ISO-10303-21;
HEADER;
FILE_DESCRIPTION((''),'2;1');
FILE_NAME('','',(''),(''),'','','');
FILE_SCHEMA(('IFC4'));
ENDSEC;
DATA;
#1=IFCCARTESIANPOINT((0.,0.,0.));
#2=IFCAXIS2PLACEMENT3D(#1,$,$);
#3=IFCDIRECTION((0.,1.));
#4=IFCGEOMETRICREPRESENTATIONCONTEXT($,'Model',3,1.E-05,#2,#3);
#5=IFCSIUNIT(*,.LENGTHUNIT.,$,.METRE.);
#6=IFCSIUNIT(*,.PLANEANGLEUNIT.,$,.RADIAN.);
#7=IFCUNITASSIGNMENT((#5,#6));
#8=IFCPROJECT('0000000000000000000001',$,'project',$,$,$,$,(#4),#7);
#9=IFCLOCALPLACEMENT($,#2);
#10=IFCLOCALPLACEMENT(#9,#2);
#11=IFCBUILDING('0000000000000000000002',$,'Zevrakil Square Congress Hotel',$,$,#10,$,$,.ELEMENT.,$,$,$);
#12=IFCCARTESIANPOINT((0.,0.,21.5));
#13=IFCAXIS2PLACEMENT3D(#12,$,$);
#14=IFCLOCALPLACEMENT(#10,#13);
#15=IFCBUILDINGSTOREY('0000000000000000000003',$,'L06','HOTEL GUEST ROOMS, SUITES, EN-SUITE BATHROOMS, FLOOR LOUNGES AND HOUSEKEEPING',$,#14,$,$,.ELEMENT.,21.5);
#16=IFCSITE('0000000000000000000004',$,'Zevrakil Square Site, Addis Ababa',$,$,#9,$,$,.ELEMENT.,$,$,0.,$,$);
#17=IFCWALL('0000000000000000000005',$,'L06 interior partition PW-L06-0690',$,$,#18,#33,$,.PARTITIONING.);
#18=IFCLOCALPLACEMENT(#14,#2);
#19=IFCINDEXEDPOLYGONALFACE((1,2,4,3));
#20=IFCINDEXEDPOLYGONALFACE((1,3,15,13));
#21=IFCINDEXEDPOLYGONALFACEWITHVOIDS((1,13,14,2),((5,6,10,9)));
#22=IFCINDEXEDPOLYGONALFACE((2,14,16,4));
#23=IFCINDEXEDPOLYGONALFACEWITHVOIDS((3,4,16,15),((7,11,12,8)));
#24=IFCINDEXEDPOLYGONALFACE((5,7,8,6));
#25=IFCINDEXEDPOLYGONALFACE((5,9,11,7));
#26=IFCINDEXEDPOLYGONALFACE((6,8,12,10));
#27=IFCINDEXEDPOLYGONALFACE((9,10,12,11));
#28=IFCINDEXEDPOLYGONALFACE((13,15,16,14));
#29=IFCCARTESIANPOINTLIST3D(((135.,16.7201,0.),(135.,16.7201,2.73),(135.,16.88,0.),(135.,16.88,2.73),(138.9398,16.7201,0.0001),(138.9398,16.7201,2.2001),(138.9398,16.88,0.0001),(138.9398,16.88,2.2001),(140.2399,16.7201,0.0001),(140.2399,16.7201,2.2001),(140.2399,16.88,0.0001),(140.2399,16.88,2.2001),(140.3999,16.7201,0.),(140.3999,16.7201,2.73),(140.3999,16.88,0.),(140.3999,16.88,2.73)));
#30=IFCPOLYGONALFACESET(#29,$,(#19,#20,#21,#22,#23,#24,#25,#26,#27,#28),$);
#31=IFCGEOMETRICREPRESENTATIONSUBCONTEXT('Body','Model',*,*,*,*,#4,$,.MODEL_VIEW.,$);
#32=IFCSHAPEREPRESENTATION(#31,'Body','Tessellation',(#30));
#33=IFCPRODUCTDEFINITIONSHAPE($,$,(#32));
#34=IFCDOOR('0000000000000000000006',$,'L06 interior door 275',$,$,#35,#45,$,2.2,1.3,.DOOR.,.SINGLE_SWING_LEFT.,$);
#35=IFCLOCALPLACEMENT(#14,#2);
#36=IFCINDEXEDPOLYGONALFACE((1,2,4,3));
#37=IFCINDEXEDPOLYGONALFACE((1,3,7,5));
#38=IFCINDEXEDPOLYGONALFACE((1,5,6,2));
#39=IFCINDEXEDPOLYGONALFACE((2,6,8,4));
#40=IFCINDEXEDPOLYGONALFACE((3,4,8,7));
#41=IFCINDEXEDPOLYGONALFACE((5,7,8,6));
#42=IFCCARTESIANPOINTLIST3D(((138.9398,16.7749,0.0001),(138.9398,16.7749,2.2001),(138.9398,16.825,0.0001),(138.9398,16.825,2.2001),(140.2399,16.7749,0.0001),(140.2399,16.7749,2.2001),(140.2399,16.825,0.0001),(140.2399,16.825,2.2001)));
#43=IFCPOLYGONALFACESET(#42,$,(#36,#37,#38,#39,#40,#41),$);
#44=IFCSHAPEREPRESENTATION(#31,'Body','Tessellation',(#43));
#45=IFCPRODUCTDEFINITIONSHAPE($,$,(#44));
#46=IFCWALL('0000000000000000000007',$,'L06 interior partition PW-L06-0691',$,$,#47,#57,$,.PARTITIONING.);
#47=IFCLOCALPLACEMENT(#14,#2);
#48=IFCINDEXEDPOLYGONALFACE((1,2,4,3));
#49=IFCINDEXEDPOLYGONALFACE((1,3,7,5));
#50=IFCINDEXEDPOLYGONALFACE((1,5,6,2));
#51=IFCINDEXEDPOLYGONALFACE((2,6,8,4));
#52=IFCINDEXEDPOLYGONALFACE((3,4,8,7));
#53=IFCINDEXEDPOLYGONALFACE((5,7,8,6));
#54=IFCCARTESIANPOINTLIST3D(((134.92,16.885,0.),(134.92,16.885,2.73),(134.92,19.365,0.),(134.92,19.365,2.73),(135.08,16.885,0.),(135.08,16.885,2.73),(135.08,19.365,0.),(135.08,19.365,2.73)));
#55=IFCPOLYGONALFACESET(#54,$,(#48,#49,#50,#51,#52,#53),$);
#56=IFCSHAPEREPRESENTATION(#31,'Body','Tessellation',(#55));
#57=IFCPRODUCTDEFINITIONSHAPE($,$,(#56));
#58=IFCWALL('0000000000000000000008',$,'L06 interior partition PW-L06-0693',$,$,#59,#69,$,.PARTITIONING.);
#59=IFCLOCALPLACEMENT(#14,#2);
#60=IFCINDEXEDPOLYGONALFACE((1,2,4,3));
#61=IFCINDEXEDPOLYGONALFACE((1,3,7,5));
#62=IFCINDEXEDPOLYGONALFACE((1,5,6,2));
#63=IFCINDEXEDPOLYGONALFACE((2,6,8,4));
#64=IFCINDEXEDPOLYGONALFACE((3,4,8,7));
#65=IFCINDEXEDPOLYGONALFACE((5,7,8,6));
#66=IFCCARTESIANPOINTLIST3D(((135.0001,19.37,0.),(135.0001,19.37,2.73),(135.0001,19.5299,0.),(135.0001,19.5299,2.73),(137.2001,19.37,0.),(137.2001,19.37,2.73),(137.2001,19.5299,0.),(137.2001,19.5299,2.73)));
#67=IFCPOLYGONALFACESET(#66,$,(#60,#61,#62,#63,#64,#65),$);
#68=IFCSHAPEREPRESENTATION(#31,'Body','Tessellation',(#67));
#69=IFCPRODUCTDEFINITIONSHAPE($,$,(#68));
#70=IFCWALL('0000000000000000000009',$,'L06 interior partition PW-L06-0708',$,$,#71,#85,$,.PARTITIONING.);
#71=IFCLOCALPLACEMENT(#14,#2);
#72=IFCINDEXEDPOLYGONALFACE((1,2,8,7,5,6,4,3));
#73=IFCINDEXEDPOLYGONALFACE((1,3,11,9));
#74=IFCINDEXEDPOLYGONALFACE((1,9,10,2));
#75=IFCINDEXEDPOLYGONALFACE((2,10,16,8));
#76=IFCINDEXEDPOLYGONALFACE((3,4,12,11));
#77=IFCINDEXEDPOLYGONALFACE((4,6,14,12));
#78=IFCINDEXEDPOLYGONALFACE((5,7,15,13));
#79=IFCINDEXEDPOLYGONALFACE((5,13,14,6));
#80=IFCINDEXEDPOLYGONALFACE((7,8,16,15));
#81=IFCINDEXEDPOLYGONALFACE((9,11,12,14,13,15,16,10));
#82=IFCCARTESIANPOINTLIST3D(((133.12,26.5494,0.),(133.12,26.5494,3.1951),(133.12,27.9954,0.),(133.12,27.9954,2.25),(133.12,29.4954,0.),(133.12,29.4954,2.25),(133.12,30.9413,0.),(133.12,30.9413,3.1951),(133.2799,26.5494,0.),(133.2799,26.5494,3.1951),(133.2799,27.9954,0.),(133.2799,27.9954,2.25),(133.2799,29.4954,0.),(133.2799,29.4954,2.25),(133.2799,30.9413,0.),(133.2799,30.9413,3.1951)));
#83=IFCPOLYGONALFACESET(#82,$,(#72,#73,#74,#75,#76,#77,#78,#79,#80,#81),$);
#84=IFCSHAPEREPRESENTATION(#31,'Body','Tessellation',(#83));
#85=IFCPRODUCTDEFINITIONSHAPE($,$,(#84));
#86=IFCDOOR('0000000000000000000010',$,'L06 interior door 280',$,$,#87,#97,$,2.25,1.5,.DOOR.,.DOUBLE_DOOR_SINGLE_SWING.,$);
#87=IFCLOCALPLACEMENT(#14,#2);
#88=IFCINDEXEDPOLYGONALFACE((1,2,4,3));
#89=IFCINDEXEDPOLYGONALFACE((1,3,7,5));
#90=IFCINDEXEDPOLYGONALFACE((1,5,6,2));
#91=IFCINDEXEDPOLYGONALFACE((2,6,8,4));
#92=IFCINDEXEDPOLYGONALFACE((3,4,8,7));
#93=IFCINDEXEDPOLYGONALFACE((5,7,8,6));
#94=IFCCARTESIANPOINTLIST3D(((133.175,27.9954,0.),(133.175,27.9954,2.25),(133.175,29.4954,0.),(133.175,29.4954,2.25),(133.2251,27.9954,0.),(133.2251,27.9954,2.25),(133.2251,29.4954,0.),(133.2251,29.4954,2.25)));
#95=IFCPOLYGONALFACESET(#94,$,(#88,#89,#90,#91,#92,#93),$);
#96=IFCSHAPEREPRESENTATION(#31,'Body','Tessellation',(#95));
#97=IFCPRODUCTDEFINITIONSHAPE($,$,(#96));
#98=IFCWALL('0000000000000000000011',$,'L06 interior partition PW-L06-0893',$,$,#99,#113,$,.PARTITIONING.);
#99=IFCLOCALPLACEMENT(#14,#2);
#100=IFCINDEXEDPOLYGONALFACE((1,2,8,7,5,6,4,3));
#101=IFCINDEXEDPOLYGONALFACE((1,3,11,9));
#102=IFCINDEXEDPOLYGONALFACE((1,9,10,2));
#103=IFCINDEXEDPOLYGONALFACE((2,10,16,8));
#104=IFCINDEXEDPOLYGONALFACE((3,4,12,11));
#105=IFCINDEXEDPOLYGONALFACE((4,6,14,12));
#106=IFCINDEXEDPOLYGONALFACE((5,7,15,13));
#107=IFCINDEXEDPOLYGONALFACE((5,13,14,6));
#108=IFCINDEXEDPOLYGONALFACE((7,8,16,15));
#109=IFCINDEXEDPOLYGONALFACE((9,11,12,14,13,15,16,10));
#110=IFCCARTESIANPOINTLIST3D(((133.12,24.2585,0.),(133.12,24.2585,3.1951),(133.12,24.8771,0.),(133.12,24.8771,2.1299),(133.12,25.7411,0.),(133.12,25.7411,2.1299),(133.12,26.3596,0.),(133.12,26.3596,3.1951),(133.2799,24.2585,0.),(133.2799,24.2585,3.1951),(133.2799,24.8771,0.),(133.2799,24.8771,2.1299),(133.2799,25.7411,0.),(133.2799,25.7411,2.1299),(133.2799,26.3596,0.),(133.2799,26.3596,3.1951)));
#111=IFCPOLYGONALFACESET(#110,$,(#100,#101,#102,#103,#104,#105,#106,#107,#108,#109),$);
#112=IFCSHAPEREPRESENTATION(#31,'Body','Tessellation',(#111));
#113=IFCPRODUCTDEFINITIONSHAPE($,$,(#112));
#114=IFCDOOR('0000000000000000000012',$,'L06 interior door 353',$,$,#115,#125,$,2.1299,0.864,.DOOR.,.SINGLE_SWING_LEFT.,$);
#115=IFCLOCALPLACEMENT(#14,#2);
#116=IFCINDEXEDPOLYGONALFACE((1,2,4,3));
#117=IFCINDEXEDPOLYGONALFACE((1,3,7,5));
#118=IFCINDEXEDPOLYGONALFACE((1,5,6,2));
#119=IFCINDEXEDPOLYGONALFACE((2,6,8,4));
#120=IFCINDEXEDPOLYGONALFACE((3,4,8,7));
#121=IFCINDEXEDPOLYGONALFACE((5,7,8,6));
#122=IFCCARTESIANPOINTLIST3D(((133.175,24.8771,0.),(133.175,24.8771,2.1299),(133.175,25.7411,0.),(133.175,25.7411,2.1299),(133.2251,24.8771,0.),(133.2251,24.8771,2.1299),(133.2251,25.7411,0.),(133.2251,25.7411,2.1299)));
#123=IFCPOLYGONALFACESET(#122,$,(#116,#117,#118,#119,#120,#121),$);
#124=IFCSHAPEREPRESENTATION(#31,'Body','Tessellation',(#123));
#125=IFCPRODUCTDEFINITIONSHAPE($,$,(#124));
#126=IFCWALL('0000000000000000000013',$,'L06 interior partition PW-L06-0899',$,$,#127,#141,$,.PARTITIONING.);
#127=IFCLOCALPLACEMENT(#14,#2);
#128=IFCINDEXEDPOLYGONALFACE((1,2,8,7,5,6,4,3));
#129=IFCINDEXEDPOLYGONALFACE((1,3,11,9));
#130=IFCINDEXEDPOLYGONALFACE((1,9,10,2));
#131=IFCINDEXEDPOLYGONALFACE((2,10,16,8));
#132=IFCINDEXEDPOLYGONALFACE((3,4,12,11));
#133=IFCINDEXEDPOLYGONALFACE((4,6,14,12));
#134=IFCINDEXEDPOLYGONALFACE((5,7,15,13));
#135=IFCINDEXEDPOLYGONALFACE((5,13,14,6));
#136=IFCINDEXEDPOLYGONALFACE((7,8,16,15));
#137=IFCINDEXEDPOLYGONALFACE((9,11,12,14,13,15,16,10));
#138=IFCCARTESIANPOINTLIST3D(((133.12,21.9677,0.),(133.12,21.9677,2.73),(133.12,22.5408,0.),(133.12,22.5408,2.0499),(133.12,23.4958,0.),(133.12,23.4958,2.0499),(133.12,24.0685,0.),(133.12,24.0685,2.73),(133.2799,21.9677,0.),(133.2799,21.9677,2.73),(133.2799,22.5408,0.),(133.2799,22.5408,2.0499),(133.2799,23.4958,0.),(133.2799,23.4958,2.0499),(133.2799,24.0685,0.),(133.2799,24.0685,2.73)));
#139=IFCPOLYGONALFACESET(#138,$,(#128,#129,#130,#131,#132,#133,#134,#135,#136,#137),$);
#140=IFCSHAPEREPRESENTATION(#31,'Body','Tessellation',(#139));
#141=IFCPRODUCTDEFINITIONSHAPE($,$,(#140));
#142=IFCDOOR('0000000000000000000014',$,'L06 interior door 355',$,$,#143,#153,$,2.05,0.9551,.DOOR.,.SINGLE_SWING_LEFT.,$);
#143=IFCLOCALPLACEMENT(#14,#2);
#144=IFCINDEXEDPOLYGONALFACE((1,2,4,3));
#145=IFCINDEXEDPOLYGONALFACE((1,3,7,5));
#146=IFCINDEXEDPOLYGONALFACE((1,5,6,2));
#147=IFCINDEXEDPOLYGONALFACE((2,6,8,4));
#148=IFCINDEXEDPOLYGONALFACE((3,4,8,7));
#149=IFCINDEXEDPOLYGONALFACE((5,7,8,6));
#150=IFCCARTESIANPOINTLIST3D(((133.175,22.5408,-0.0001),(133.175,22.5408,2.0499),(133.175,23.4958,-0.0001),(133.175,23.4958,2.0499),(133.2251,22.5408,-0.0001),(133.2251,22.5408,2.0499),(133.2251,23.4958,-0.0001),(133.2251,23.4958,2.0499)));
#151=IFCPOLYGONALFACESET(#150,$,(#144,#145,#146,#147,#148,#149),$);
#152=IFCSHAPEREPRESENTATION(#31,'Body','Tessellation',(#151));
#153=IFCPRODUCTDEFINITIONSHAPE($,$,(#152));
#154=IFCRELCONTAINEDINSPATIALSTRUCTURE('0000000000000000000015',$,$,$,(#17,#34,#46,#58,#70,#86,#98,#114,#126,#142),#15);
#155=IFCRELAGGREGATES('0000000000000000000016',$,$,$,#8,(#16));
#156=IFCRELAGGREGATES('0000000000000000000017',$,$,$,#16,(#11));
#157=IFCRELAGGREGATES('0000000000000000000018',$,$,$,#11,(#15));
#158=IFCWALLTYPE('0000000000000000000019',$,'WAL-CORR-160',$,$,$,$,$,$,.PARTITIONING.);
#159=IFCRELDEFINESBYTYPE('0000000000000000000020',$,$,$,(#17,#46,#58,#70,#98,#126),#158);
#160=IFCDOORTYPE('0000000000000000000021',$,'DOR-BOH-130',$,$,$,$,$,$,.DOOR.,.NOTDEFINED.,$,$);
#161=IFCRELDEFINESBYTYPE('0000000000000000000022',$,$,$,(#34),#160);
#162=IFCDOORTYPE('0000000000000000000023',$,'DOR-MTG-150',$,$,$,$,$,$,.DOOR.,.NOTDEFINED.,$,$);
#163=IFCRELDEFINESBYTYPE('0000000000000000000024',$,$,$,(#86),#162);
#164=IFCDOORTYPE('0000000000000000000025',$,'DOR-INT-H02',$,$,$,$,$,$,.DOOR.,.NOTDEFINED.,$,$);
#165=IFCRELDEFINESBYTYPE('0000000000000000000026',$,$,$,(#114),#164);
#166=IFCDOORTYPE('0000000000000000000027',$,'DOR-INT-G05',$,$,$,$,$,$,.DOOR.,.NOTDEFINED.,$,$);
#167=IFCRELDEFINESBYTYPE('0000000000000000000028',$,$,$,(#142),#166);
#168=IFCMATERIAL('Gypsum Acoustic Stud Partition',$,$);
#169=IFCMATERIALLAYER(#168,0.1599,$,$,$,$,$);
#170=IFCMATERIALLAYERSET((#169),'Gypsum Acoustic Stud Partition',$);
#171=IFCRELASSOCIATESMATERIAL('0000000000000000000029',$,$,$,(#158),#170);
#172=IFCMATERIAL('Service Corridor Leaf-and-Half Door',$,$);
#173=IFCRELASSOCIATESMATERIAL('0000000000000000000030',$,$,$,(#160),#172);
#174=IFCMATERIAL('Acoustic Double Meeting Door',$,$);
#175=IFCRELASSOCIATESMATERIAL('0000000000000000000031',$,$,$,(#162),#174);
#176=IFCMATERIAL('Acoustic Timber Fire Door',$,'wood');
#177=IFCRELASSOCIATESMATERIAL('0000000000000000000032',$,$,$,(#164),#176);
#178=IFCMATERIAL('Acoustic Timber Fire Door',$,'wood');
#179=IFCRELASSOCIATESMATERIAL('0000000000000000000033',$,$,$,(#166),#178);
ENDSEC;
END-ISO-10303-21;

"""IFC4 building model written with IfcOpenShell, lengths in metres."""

from ifc_helpers import new_model, si_unit, direction, frame, frame_2d, origin, place, context, subcontext, project, spatial, rectangle, extrude, material, layer, layer_set, type_object, element, fill, save


model = new_model("IFC4")

# Units and contexts
model_context = context("Model", 3, precision=1e-05, world=origin(), true_north=direction((0.0, 1.0)))
body_context = subcontext(model_context, "Body", "Model", "MODEL_VIEW")
ifc_project = project(units=[si_unit("LENGTHUNIT", "METRE"), si_unit("PLANEANGLEUNIT", "RADIAN")], contexts=[model_context])

# Site, building, storey
site_placement = place(None, origin())
site = spatial("IfcSite", under=ifc_project, at=site_placement, Name="Zevrakil Square Site, Addis Ababa", CompositionType="ELEMENT", RefElevation=0.0)
building_placement = place(site_placement, origin())
building = spatial("IfcBuilding", under=site, at=building_placement, Name="Zevrakil Square Congress Hotel", CompositionType="ELEMENT")
storey_placement = place(building_placement, frame((0.0, 0.0, 21.5)))
storey = spatial("IfcBuildingStorey", under=building, at=storey_placement, Name="L06", Description="HOTEL GUEST ROOMS, SUITES, EN-SUITE BATHROOMS, FLOOR LOUNGES AND HOUSEKEEPING", CompositionType="ELEMENT", Elevation=21.5)

# Wall, opening, door
ifc_material_1 = material(Name="Gypsum Acoustic Stud Partition")
ifc_layer_1 = layer(ifc_material_1, 0.1599)
ifc_layer_set_1 = layer_set([ifc_layer_1], Name="Gypsum Acoustic Stud Partition")
wall_type_1 = type_object("IfcWallType", Name="WAL-CORR-160", PredefinedType="PARTITIONING", material=ifc_layer_set_1)
wall_1_placement = place(storey_placement, frame((135.0, 16.8, 0.0), z_axis=(0.0, 0.0, 1.0), x_axis=(1.0, 0.0, 0.0)))
wall_1 = element("IfcWall", 1, at=wall_1_placement, inside=storey, type_object=wall_type_1, Name="L06 interior partition PW-L06-0690", PredefinedType="PARTITIONING", context=body_context, shape_type="SweptSolid", body=[
    extrude(rectangle(XDim=5.3999, YDim=0.1599, at=frame_2d((2.7, 0.0))), origin(), (0.0, 0.0, 1.0), 2.73),
])
opening_1_placement = place(wall_1_placement, frame((3.9399, 0.0, 0.0)))
opening_1 = element("IfcOpeningElement", 2, at=opening_1_placement, cuts=wall_1, PredefinedType="OPENING", context=body_context, shape_type="SweptSolid", body=[
    extrude(rectangle(XDim=1.3, YDim=2.2, at=frame_2d((0.6499, 1.1001))), frame((0.0, 0.0898, 0.0), z_axis=(0.0, -1.0, 0.0), x_axis=(1.0, 0.0, 0.0)), (0.0, 0.0, 1.0), 0.1799),
])
ifc_material_2 = material(Name="Service Corridor Leaf-and-Half Door")
door_type_1 = type_object("IfcDoorType", Name="DOR-BOH-130", OperationType="NOTDEFINED", PredefinedType="DOOR", material=ifc_material_2)
door_1_placement = place(opening_1_placement, origin())
door_1 = element("IfcDoor", 3, at=door_1_placement, inside=storey, type_object=door_type_1, Name="L06 interior door 275", OperationType="SINGLE_SWING_LEFT", OverallHeight=2.2, OverallWidth=1.3, PredefinedType="DOOR", context=body_context, shape_type="SweptSolid", body=[
    extrude(rectangle(XDim=1.3, YDim=2.2, at=frame_2d((0.6499, 1.1001))), frame((0.0, 0.0249, 0.0), z_axis=(0.0, -1.0, 0.0), x_axis=(1.0, 0.0, 0.0)), (0.0, 0.0, 1.0), 0.05),
])
fill(opening_1, door_1)

# Walls
wall_2_placement = place(storey_placement, frame((135.0, 16.885, 0.0), z_axis=(0.0, 0.0, 1.0), x_axis=(0.0, 1.0, 0.0)))
element("IfcWall", 4, at=wall_2_placement, inside=storey, type_object=wall_type_1, Name="L06 interior partition PW-L06-0691", PredefinedType="PARTITIONING", context=body_context, shape_type="SweptSolid", body=[
    extrude(rectangle(XDim=2.48, YDim=0.1599, at=frame_2d((1.24, 0.0))), origin(), (0.0, 0.0, 1.0), 2.73),
])
wall_3_placement = place(storey_placement, frame((135.0, 19.45, 0.0), z_axis=(0.0, 0.0, 1.0), x_axis=(1.0, 0.0, 0.0)))
element("IfcWall", 5, at=wall_3_placement, inside=storey, type_object=wall_type_1, Name="L06 interior partition PW-L06-0693", PredefinedType="PARTITIONING", context=body_context, shape_type="SweptSolid", body=[
    extrude(rectangle(XDim=2.2, YDim=0.1599, at=frame_2d((1.1001, 0.0))), origin(), (0.0, 0.0, 1.0), 2.73),
])

# Walls, openings, doors
wall_4_placement = place(storey_placement, frame((133.2, 26.5496, 0.0), z_axis=(0.0, 0.0, 1.0), x_axis=(0.0, 1.0, 0.0)))
wall_4 = element("IfcWall", 6, at=wall_4_placement, inside=storey, type_object=wall_type_1, Name="L06 interior partition PW-L06-0708", PredefinedType="PARTITIONING", context=body_context, shape_type="SweptSolid", body=[
    extrude(rectangle(XDim=4.3918, YDim=0.1599, at=frame_2d((2.1958, 0.0))), origin(), (0.0, 0.0, 1.0), 3.1951),
])
opening_2_placement = place(wall_4_placement, frame((1.4458, 0.0, 0.0)))
opening_2 = element("IfcOpeningElement", 7, at=opening_2_placement, cuts=wall_4, PredefinedType="OPENING", context=body_context, shape_type="SweptSolid", body=[
    extrude(rectangle(XDim=1.5, YDim=2.25, at=frame_2d((0.75, 1.125))), frame((0.0, 0.0898, 0.0), z_axis=(0.0, -1.0, 0.0), x_axis=(1.0, 0.0, 0.0)), (0.0, 0.0, 1.0), 0.1799),
])
ifc_material_3 = material(Name="Acoustic Double Meeting Door")
door_type_2 = type_object("IfcDoorType", Name="DOR-MTG-150", OperationType="NOTDEFINED", PredefinedType="DOOR", material=ifc_material_3)
door_2_placement = place(opening_2_placement, origin())
door_2 = element("IfcDoor", 8, at=door_2_placement, inside=storey, type_object=door_type_2, Name="L06 interior door 280", OperationType="DOUBLE_DOOR_SINGLE_SWING", OverallHeight=2.25, OverallWidth=1.5, PredefinedType="DOOR", context=body_context, shape_type="SweptSolid", body=[
    extrude(rectangle(XDim=1.5, YDim=2.25, at=frame_2d((0.75, 1.125))), frame((0.0, 0.0249, 0.0), z_axis=(0.0, -1.0, 0.0), x_axis=(1.0, 0.0, 0.0)), (0.0, 0.0, 1.0), 0.05),
])
fill(opening_2, door_2)
wall_5_placement = place(storey_placement, frame((133.2, 24.2585, 0.0), z_axis=(0.0, 0.0, 1.0), x_axis=(0.0, 1.0, 0.0)))
wall_5 = element("IfcWall", 9, at=wall_5_placement, inside=storey, type_object=wall_type_1, Name="L06 interior partition PW-L06-0893", PredefinedType="PARTITIONING", context=body_context, shape_type="SweptSolid", body=[
    extrude(rectangle(XDim=2.1011, YDim=0.1599, at=frame_2d((1.0505, 0.0))), origin(), (0.0, 0.0, 1.0), 3.1951),
])
opening_3_placement = place(wall_5_placement, frame((0.6184, 0.0, 0.0)))
opening_3 = element("IfcOpeningElement", 10, at=opening_3_placement, cuts=wall_5, PredefinedType="OPENING", context=body_context, shape_type="SweptSolid", body=[
    extrude(rectangle(XDim=0.864, YDim=2.1299, at=frame_2d((0.4321, 1.0649))), frame((0.0, 0.0898, 0.0), z_axis=(0.0, -1.0, 0.0), x_axis=(1.0, 0.0, 0.0)), (0.0, 0.0, 1.0), 0.1799),
])
ifc_material_4 = material(Name="Acoustic Timber Fire Door", Category="wood")
door_type_3 = type_object("IfcDoorType", Name="DOR-INT-H02", OperationType="NOTDEFINED", PredefinedType="DOOR", material=ifc_material_4)
door_3_placement = place(opening_3_placement, origin())
door_3 = element("IfcDoor", 11, at=door_3_placement, inside=storey, type_object=door_type_3, Name="L06 interior door 353", OperationType="SINGLE_SWING_LEFT", OverallHeight=2.1299, OverallWidth=0.864, PredefinedType="DOOR", context=body_context, shape_type="SweptSolid", body=[
    extrude(rectangle(XDim=0.864, YDim=2.1299, at=frame_2d((0.4321, 1.0649))), frame((0.0, 0.0249, 0.0), z_axis=(0.0, -1.0, 0.0), x_axis=(1.0, 0.0, 0.0)), (0.0, 0.0, 1.0), 0.05),
])
fill(opening_3, door_3)
wall_6_placement = place(storey_placement, frame((133.2, 21.9678, 0.0), z_axis=(0.0, 0.0, 1.0), x_axis=(0.0, 1.0, 0.0)))
wall_6 = element("IfcWall", 12, at=wall_6_placement, inside=storey, type_object=wall_type_1, Name="L06 interior partition PW-L06-0899", PredefinedType="PARTITIONING", context=body_context, shape_type="SweptSolid", body=[
    extrude(rectangle(XDim=2.1008, YDim=0.1599, at=frame_2d((1.0503, 0.0))), origin(), (0.0, 0.0, 1.0), 2.73),
])
opening_4_placement = place(wall_6_placement, frame((0.573, 0.0, 0.0)))
opening_4 = element("IfcOpeningElement", 13, at=opening_4_placement, cuts=wall_6, PredefinedType="OPENING", context=body_context, shape_type="SweptSolid", body=[
    extrude(rectangle(XDim=0.9551, YDim=2.05, at=frame_2d((0.4775, 1.0249))), frame((0.0, 0.0898, 0.0), z_axis=(0.0, -1.0, 0.0), x_axis=(1.0, 0.0, 0.0)), (0.0, 0.0, 1.0), 0.1799),
])
ifc_material_5 = material(Name="Acoustic Timber Fire Door", Category="wood")
door_type_4 = type_object("IfcDoorType", Name="DOR-INT-G05", OperationType="NOTDEFINED", PredefinedType="DOOR", material=ifc_material_5)
door_4_placement = place(opening_4_placement, origin())
door_4 = element("IfcDoor", 14, at=door_4_placement, inside=storey, type_object=door_type_4, Name="L06 interior door 355", OperationType="SINGLE_SWING_LEFT", OverallHeight=2.05, OverallWidth=0.9551, PredefinedType="DOOR", context=body_context, shape_type="SweptSolid", body=[
    extrude(rectangle(XDim=0.9551, YDim=2.05, at=frame_2d((0.4775, 1.0249))), frame((0.0, 0.0249, 0.0), z_axis=(0.0, -1.0, 0.0), x_axis=(1.0, 0.0, 0.0)), (0.0, 0.0, 1.0), 0.05),
])
fill(opening_4, door_4)

save(model, "model.ifc")
